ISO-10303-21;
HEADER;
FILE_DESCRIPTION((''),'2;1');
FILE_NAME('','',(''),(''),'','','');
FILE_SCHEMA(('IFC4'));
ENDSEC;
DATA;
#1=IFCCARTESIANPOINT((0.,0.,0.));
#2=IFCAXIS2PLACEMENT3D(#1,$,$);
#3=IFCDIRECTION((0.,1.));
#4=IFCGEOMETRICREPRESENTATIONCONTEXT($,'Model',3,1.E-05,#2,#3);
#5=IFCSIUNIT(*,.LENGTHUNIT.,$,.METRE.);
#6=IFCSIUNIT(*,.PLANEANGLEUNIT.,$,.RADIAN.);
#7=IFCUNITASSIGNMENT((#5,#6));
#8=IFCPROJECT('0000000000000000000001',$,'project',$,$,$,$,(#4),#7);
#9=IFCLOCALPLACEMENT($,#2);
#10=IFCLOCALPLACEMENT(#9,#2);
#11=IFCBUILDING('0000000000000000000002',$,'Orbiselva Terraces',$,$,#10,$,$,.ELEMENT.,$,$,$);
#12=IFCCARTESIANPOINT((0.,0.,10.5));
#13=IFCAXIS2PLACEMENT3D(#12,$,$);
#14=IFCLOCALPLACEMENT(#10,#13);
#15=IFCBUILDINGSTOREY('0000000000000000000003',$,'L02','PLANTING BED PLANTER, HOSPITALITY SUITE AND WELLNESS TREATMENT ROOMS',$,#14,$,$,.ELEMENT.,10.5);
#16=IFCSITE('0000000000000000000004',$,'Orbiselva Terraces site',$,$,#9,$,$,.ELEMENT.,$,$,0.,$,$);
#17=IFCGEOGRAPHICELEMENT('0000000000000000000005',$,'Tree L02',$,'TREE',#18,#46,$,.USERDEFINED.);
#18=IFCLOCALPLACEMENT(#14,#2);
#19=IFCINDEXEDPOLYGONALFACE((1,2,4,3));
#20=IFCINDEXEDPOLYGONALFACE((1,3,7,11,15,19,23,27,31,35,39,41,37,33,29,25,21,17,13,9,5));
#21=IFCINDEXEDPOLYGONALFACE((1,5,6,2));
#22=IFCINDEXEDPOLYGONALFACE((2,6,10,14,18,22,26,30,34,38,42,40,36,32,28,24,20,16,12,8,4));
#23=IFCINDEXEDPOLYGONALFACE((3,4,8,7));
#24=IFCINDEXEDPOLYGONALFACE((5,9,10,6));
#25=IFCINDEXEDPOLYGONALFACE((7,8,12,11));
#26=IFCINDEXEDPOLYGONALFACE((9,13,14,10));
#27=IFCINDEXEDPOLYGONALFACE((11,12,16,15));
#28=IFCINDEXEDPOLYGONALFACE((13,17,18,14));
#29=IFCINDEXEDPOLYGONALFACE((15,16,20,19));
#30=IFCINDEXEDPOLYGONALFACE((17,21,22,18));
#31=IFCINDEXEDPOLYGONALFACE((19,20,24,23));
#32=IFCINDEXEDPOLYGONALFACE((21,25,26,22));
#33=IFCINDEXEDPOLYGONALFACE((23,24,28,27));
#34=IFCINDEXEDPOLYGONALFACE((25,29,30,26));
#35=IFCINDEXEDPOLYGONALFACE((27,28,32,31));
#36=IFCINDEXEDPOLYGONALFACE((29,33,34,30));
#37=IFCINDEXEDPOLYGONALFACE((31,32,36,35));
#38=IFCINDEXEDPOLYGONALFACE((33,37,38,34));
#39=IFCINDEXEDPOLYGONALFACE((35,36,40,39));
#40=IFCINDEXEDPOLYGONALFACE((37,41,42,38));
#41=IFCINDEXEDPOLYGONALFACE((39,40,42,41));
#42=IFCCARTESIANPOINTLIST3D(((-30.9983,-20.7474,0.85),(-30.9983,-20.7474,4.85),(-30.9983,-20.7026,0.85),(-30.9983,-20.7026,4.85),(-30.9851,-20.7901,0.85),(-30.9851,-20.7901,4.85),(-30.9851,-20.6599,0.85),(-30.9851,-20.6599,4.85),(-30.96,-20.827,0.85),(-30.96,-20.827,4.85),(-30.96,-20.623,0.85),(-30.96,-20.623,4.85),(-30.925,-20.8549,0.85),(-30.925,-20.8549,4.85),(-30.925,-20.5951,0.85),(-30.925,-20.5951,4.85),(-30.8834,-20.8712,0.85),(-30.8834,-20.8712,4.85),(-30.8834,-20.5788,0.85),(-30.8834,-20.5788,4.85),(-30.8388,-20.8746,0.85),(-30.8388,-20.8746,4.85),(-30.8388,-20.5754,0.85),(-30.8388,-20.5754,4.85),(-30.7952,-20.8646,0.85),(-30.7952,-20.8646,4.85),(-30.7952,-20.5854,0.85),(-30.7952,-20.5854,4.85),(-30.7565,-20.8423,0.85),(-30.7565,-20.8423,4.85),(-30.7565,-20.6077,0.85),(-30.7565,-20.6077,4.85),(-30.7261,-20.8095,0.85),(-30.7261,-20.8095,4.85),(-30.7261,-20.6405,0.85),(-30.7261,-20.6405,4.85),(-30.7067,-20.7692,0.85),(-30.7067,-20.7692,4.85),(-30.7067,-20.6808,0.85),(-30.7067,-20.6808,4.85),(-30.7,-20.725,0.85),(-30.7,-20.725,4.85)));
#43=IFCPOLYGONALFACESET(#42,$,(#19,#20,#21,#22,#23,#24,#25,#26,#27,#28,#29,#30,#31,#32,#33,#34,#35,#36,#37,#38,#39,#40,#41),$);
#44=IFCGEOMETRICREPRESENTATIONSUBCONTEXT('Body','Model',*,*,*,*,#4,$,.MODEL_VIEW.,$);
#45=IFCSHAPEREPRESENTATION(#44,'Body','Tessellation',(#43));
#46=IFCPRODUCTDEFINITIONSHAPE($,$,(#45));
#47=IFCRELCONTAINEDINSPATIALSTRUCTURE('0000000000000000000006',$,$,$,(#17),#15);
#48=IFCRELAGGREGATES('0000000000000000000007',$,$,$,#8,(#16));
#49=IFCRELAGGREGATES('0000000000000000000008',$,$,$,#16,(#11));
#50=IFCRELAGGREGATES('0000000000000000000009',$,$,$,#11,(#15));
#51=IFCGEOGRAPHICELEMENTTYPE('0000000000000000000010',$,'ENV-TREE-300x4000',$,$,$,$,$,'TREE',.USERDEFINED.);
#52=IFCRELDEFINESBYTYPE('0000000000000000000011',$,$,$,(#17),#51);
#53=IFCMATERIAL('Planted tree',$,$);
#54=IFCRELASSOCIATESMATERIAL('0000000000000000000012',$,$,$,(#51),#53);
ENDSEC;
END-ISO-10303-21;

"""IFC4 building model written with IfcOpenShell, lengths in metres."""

from ifc_helpers import new_model, si_unit, direction, frame, origin, origin_2d, place, context, subcontext, project, spatial, circle, extrude, material, type_object, element, save


model = new_model("IFC4")

# Units and contexts
model_context = context("Model", 3, precision=1e-05, world=origin(), true_north=direction((0.0, 1.0)))
body_context = subcontext(model_context, "Body", "Model", "MODEL_VIEW")
ifc_project = project(units=[si_unit("LENGTHUNIT", "METRE"), si_unit("PLANEANGLEUNIT", "RADIAN")], contexts=[model_context])

# Site, building, storey
site_placement = place(None, origin())
site = spatial("IfcSite", under=ifc_project, at=site_placement, Name="Orbiselva Terraces site", CompositionType="ELEMENT", RefElevation=0.0)
building_placement = place(site_placement, origin())
building = spatial("IfcBuilding", under=site, at=building_placement, Name="Orbiselva Terraces", CompositionType="ELEMENT")
storey_placement = place(building_placement, frame((0.0, 0.0, 10.5)))
storey = spatial("IfcBuildingStorey", under=building, at=storey_placement, Name="L02", Description="PLANTING BED PLANTER, HOSPITALITY SUITE AND WELLNESS TREATMENT ROOMS", CompositionType="ELEMENT", Elevation=10.5)

# Geographic element
ifc_material_1 = material(Name="Planted tree")
geographic_element_type = type_object("IfcGeographicElementType", Name="ENV-TREE-300x4000", ElementType="TREE", PredefinedType="USERDEFINED", material=ifc_material_1)
geographic_element_placement = place(storey_placement, frame((-30.85, -20.725, 4.85), z_axis=(0.0, 0.0, -1.0), x_axis=(1.0, 0.0, 0.0)))
element("IfcGeographicElement", 1, at=geographic_element_placement, inside=storey, type_object=geographic_element_type, Name="Tree L02", ObjectType="TREE", PredefinedType="USERDEFINED", context=body_context, shape_type="SweptSolid", body=[
    extrude(circle(Radius=0.15, at=origin_2d()), origin(), (0.0, 0.0, 1.0), 4.0),
])

save(model, "model.ifc")
